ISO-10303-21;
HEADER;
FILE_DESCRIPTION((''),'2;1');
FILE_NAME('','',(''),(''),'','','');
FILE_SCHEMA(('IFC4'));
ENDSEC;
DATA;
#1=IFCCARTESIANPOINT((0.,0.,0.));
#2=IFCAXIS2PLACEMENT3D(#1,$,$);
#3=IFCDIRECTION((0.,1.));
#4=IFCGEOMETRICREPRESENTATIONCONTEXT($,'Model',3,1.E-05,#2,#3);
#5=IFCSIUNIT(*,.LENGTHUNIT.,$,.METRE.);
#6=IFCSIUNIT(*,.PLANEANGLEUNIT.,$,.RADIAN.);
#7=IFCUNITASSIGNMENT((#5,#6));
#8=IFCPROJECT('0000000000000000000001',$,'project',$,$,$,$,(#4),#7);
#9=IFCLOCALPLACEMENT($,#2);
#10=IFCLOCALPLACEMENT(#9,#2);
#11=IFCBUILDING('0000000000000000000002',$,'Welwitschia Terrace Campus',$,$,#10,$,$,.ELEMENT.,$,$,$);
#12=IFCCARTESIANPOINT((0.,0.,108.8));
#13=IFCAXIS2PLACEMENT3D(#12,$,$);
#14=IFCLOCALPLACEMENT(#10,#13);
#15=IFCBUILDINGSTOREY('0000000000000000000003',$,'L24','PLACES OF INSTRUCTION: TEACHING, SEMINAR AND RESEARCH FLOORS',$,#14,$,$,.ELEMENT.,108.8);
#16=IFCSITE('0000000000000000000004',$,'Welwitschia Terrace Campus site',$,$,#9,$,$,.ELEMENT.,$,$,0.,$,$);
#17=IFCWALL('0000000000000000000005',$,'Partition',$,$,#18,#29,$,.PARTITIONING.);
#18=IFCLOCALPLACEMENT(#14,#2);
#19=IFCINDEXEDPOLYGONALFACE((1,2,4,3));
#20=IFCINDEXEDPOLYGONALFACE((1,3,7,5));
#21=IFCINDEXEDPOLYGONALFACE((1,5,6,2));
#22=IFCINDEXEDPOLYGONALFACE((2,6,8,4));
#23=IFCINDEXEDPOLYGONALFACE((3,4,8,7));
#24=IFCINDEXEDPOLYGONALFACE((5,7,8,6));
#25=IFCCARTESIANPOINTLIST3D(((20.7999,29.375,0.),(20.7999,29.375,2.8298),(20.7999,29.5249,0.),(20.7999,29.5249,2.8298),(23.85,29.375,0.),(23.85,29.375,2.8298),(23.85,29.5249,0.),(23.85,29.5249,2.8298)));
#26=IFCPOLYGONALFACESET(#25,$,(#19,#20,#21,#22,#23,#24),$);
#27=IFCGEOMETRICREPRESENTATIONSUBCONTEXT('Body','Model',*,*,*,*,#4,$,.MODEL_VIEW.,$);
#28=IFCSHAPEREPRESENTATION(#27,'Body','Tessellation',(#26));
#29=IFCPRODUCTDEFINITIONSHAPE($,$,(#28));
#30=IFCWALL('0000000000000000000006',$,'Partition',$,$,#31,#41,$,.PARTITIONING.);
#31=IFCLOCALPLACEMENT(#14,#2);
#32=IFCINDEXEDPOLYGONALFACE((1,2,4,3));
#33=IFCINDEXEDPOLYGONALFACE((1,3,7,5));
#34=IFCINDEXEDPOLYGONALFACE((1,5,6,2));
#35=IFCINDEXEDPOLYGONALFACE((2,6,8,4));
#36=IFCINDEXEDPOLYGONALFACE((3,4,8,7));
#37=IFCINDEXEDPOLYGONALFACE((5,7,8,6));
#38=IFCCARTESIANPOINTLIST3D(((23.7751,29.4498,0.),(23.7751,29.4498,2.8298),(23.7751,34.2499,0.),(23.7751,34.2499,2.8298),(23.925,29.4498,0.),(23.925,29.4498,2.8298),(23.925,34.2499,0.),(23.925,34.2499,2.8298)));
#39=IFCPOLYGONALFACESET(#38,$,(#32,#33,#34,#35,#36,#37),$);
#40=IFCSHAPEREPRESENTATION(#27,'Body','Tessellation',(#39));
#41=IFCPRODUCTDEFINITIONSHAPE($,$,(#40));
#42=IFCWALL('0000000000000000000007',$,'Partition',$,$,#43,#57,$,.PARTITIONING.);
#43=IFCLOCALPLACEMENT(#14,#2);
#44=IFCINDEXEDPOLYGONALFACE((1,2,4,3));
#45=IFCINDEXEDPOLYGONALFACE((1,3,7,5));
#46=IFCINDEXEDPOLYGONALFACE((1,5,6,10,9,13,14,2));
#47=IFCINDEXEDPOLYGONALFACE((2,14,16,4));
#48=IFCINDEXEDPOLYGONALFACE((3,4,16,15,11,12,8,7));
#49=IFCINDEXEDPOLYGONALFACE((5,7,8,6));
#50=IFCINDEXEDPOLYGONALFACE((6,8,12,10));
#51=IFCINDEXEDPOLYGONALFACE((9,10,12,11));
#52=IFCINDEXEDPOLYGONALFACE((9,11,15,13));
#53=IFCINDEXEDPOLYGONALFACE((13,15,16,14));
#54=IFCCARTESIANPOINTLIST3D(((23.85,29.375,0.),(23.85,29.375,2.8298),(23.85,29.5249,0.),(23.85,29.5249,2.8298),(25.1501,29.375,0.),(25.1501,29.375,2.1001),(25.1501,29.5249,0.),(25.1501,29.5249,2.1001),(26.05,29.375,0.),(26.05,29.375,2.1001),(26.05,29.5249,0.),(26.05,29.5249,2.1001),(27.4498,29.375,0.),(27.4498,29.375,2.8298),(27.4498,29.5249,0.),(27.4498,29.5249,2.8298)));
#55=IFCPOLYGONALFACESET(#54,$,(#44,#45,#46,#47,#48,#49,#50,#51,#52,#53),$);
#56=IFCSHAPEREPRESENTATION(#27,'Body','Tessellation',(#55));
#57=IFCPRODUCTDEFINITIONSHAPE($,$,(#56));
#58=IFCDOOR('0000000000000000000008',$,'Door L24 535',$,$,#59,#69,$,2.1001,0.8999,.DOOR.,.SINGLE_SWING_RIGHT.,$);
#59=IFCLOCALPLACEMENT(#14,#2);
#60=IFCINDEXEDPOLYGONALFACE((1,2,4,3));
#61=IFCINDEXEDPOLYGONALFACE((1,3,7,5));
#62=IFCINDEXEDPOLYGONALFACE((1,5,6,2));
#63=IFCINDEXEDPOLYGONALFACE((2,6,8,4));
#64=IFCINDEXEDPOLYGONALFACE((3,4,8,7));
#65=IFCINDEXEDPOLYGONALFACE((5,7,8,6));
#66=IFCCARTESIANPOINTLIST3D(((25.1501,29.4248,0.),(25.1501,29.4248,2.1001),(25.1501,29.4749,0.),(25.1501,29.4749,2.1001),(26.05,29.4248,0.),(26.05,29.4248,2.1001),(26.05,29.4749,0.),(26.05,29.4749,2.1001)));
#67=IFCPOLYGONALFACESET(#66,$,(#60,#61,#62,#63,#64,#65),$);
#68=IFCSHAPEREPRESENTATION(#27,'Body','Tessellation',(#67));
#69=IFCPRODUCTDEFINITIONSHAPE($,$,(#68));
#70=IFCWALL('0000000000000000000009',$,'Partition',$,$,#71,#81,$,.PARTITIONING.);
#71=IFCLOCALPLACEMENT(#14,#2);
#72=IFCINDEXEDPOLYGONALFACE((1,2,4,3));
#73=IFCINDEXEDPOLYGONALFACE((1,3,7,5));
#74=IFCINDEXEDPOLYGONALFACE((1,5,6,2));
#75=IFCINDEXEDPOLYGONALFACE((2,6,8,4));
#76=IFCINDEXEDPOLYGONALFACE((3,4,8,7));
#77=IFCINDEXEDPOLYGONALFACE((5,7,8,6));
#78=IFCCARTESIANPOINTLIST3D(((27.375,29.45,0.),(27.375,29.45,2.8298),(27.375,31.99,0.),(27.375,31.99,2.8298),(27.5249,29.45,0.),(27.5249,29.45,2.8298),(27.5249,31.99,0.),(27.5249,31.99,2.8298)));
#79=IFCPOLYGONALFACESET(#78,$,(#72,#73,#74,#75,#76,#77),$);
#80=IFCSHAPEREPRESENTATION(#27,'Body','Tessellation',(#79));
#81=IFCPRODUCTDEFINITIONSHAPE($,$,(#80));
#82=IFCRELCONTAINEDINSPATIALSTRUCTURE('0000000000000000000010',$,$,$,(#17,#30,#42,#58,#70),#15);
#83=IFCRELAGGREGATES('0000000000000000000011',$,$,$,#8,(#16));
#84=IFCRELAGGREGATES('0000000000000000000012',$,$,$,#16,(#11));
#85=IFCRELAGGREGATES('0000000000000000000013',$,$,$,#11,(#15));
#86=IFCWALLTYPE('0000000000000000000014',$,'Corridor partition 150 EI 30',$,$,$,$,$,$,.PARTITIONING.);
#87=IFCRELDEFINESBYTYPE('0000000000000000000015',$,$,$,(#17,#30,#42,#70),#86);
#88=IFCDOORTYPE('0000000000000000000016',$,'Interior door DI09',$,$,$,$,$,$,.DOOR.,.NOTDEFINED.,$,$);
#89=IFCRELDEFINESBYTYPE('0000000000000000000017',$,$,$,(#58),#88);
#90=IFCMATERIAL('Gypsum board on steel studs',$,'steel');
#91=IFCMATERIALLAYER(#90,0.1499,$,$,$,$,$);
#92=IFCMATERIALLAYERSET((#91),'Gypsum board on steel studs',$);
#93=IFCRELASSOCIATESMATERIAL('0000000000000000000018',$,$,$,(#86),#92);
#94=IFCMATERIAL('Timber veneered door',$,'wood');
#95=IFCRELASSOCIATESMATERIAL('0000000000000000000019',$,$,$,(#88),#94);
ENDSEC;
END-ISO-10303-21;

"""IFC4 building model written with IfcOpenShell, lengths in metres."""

from ifc_helpers import new_model, si_unit, direction, frame, frame_2d, origin, place, context, subcontext, project, spatial, rectangle, extrude, material, layer, layer_set, type_object, element, fill, save


model = new_model("IFC4")

# Units and contexts
model_context = context("Model", 3, precision=1e-05, world=origin(), true_north=direction((0.0, 1.0)))
body_context = subcontext(model_context, "Body", "Model", "MODEL_VIEW")
ifc_project = project(units=[si_unit("LENGTHUNIT", "METRE"), si_unit("PLANEANGLEUNIT", "RADIAN")], contexts=[model_context])

# Site, building, storey
site_placement = place(None, origin())
site = spatial("IfcSite", under=ifc_project, at=site_placement, Name="Welwitschia Terrace Campus site", CompositionType="ELEMENT", RefElevation=0.0)
building_placement = place(site_placement, origin())
building = spatial("IfcBuilding", under=site, at=building_placement, Name="Welwitschia Terrace Campus", CompositionType="ELEMENT")
storey_placement = place(building_placement, frame((0.0, 0.0, 108.8)))
storey = spatial("IfcBuildingStorey", under=building, at=storey_placement, Name="L24", Description="PLACES OF INSTRUCTION: TEACHING, SEMINAR AND RESEARCH FLOORS", CompositionType="ELEMENT", Elevation=108.8)

# Shared definitions
ifc_material_1 = material(Name="Gypsum board on steel studs", Category="steel")
ifc_layer_1 = layer(ifc_material_1, 0.1499)
ifc_layer_set_1 = layer_set([ifc_layer_1], Name="Gypsum board on steel studs")
wall_type = type_object("IfcWallType", Name="Corridor partition 150 EI 30", PredefinedType="PARTITIONING", material=ifc_layer_set_1)

# Shared definitions
ifc_material_2 = material(Name="Timber veneered door", Category="wood")
door_type = type_object("IfcDoorType", Name="Interior door DI09", OperationType="NOTDEFINED", PredefinedType="DOOR", material=ifc_material_2)

# Walls
wall_1_placement = place(storey_placement, frame((20.8, 29.45, 0.0), z_axis=(0.0, 0.0, 1.0), x_axis=(1.0, 0.0, 0.0)))
element("IfcWall", 1, at=wall_1_placement, inside=storey, type_object=wall_type, Name="Partition", PredefinedType="PARTITIONING", context=body_context, shape_type="SweptSolid", body=[
    extrude(rectangle(XDim=3.05, YDim=0.1499, at=frame_2d((1.5249, 0.0))), origin(), (0.0, 0.0, 1.0), 2.8298),
])
wall_2_placement = place(storey_placement, frame((23.8501, 29.45, 0.0), z_axis=(0.0, 0.0, 1.0), x_axis=(0.0, 1.0, 0.0)))
element("IfcWall", 2, at=wall_2_placement, inside=storey, type_object=wall_type, Name="Partition", PredefinedType="PARTITIONING", context=body_context, shape_type="SweptSolid", body=[
    extrude(rectangle(XDim=4.8, YDim=0.1499, at=frame_2d((2.3999, 0.0))), origin(), (0.0, 0.0, 1.0), 2.8298),
])

# Wall, opening, door
wall_3_placement = place(storey_placement, frame((23.8501, 29.45, 0.0), z_axis=(0.0, 0.0, 1.0), x_axis=(1.0, 0.0, 0.0)))
wall_3 = element("IfcWall", 3, at=wall_3_placement, inside=storey, type_object=wall_type, Name="Partition", PredefinedType="PARTITIONING", context=body_context, shape_type="SweptSolid", body=[
    extrude(rectangle(XDim=3.5999, YDim=0.1499, at=frame_2d((1.7998, 0.0))), origin(), (0.0, 0.0, 1.0), 2.8298),
])
opening_1_placement = place(wall_3_placement, frame((1.3, 0.0, 0.0)))
opening_1 = element("IfcOpeningElement", 4, at=opening_1_placement, cuts=wall_3, PredefinedType="OPENING", context=body_context, shape_type="SweptSolid", body=[
    extrude(rectangle(XDim=0.8999, YDim=2.1001, at=frame_2d((0.45, 1.05))), frame((0.0, 0.085, 0.0), z_axis=(0.0, -1.0, 0.0), x_axis=(1.0, 0.0, 0.0)), (0.0, 0.0, 1.0), 0.1699),
])
door_1_placement = place(opening_1_placement, origin())
door_1 = element("IfcDoor", 5, at=door_1_placement, inside=storey, type_object=door_type, Name="Door L24 535", OperationType="SINGLE_SWING_RIGHT", OverallHeight=2.1001, OverallWidth=0.8999, PredefinedType="DOOR", context=body_context, shape_type="SweptSolid", body=[
    extrude(rectangle(XDim=0.8999, YDim=2.1001, at=frame_2d((0.45, 1.05))), frame((0.0, 0.0249, 0.0), z_axis=(0.0, -1.0, 0.0), x_axis=(1.0, 0.0, 0.0)), (0.0, 0.0, 1.0), 0.05),
])
fill(opening_1, door_1)

# Wall
wall_4_placement = place(storey_placement, frame((27.45, 29.45, 0.0), z_axis=(0.0, 0.0, 1.0), x_axis=(0.0, 1.0, 0.0)))
element("IfcWall", 6, at=wall_4_placement, inside=storey, type_object=wall_type, Name="Partition", PredefinedType="PARTITIONING", context=body_context, shape_type="SweptSolid", body=[
    extrude(rectangle(XDim=2.54, YDim=0.1499, at=frame_2d((1.27, 0.0))), origin(), (0.0, 0.0, 1.0), 2.8298),
])

save(model, "model.ifc")
